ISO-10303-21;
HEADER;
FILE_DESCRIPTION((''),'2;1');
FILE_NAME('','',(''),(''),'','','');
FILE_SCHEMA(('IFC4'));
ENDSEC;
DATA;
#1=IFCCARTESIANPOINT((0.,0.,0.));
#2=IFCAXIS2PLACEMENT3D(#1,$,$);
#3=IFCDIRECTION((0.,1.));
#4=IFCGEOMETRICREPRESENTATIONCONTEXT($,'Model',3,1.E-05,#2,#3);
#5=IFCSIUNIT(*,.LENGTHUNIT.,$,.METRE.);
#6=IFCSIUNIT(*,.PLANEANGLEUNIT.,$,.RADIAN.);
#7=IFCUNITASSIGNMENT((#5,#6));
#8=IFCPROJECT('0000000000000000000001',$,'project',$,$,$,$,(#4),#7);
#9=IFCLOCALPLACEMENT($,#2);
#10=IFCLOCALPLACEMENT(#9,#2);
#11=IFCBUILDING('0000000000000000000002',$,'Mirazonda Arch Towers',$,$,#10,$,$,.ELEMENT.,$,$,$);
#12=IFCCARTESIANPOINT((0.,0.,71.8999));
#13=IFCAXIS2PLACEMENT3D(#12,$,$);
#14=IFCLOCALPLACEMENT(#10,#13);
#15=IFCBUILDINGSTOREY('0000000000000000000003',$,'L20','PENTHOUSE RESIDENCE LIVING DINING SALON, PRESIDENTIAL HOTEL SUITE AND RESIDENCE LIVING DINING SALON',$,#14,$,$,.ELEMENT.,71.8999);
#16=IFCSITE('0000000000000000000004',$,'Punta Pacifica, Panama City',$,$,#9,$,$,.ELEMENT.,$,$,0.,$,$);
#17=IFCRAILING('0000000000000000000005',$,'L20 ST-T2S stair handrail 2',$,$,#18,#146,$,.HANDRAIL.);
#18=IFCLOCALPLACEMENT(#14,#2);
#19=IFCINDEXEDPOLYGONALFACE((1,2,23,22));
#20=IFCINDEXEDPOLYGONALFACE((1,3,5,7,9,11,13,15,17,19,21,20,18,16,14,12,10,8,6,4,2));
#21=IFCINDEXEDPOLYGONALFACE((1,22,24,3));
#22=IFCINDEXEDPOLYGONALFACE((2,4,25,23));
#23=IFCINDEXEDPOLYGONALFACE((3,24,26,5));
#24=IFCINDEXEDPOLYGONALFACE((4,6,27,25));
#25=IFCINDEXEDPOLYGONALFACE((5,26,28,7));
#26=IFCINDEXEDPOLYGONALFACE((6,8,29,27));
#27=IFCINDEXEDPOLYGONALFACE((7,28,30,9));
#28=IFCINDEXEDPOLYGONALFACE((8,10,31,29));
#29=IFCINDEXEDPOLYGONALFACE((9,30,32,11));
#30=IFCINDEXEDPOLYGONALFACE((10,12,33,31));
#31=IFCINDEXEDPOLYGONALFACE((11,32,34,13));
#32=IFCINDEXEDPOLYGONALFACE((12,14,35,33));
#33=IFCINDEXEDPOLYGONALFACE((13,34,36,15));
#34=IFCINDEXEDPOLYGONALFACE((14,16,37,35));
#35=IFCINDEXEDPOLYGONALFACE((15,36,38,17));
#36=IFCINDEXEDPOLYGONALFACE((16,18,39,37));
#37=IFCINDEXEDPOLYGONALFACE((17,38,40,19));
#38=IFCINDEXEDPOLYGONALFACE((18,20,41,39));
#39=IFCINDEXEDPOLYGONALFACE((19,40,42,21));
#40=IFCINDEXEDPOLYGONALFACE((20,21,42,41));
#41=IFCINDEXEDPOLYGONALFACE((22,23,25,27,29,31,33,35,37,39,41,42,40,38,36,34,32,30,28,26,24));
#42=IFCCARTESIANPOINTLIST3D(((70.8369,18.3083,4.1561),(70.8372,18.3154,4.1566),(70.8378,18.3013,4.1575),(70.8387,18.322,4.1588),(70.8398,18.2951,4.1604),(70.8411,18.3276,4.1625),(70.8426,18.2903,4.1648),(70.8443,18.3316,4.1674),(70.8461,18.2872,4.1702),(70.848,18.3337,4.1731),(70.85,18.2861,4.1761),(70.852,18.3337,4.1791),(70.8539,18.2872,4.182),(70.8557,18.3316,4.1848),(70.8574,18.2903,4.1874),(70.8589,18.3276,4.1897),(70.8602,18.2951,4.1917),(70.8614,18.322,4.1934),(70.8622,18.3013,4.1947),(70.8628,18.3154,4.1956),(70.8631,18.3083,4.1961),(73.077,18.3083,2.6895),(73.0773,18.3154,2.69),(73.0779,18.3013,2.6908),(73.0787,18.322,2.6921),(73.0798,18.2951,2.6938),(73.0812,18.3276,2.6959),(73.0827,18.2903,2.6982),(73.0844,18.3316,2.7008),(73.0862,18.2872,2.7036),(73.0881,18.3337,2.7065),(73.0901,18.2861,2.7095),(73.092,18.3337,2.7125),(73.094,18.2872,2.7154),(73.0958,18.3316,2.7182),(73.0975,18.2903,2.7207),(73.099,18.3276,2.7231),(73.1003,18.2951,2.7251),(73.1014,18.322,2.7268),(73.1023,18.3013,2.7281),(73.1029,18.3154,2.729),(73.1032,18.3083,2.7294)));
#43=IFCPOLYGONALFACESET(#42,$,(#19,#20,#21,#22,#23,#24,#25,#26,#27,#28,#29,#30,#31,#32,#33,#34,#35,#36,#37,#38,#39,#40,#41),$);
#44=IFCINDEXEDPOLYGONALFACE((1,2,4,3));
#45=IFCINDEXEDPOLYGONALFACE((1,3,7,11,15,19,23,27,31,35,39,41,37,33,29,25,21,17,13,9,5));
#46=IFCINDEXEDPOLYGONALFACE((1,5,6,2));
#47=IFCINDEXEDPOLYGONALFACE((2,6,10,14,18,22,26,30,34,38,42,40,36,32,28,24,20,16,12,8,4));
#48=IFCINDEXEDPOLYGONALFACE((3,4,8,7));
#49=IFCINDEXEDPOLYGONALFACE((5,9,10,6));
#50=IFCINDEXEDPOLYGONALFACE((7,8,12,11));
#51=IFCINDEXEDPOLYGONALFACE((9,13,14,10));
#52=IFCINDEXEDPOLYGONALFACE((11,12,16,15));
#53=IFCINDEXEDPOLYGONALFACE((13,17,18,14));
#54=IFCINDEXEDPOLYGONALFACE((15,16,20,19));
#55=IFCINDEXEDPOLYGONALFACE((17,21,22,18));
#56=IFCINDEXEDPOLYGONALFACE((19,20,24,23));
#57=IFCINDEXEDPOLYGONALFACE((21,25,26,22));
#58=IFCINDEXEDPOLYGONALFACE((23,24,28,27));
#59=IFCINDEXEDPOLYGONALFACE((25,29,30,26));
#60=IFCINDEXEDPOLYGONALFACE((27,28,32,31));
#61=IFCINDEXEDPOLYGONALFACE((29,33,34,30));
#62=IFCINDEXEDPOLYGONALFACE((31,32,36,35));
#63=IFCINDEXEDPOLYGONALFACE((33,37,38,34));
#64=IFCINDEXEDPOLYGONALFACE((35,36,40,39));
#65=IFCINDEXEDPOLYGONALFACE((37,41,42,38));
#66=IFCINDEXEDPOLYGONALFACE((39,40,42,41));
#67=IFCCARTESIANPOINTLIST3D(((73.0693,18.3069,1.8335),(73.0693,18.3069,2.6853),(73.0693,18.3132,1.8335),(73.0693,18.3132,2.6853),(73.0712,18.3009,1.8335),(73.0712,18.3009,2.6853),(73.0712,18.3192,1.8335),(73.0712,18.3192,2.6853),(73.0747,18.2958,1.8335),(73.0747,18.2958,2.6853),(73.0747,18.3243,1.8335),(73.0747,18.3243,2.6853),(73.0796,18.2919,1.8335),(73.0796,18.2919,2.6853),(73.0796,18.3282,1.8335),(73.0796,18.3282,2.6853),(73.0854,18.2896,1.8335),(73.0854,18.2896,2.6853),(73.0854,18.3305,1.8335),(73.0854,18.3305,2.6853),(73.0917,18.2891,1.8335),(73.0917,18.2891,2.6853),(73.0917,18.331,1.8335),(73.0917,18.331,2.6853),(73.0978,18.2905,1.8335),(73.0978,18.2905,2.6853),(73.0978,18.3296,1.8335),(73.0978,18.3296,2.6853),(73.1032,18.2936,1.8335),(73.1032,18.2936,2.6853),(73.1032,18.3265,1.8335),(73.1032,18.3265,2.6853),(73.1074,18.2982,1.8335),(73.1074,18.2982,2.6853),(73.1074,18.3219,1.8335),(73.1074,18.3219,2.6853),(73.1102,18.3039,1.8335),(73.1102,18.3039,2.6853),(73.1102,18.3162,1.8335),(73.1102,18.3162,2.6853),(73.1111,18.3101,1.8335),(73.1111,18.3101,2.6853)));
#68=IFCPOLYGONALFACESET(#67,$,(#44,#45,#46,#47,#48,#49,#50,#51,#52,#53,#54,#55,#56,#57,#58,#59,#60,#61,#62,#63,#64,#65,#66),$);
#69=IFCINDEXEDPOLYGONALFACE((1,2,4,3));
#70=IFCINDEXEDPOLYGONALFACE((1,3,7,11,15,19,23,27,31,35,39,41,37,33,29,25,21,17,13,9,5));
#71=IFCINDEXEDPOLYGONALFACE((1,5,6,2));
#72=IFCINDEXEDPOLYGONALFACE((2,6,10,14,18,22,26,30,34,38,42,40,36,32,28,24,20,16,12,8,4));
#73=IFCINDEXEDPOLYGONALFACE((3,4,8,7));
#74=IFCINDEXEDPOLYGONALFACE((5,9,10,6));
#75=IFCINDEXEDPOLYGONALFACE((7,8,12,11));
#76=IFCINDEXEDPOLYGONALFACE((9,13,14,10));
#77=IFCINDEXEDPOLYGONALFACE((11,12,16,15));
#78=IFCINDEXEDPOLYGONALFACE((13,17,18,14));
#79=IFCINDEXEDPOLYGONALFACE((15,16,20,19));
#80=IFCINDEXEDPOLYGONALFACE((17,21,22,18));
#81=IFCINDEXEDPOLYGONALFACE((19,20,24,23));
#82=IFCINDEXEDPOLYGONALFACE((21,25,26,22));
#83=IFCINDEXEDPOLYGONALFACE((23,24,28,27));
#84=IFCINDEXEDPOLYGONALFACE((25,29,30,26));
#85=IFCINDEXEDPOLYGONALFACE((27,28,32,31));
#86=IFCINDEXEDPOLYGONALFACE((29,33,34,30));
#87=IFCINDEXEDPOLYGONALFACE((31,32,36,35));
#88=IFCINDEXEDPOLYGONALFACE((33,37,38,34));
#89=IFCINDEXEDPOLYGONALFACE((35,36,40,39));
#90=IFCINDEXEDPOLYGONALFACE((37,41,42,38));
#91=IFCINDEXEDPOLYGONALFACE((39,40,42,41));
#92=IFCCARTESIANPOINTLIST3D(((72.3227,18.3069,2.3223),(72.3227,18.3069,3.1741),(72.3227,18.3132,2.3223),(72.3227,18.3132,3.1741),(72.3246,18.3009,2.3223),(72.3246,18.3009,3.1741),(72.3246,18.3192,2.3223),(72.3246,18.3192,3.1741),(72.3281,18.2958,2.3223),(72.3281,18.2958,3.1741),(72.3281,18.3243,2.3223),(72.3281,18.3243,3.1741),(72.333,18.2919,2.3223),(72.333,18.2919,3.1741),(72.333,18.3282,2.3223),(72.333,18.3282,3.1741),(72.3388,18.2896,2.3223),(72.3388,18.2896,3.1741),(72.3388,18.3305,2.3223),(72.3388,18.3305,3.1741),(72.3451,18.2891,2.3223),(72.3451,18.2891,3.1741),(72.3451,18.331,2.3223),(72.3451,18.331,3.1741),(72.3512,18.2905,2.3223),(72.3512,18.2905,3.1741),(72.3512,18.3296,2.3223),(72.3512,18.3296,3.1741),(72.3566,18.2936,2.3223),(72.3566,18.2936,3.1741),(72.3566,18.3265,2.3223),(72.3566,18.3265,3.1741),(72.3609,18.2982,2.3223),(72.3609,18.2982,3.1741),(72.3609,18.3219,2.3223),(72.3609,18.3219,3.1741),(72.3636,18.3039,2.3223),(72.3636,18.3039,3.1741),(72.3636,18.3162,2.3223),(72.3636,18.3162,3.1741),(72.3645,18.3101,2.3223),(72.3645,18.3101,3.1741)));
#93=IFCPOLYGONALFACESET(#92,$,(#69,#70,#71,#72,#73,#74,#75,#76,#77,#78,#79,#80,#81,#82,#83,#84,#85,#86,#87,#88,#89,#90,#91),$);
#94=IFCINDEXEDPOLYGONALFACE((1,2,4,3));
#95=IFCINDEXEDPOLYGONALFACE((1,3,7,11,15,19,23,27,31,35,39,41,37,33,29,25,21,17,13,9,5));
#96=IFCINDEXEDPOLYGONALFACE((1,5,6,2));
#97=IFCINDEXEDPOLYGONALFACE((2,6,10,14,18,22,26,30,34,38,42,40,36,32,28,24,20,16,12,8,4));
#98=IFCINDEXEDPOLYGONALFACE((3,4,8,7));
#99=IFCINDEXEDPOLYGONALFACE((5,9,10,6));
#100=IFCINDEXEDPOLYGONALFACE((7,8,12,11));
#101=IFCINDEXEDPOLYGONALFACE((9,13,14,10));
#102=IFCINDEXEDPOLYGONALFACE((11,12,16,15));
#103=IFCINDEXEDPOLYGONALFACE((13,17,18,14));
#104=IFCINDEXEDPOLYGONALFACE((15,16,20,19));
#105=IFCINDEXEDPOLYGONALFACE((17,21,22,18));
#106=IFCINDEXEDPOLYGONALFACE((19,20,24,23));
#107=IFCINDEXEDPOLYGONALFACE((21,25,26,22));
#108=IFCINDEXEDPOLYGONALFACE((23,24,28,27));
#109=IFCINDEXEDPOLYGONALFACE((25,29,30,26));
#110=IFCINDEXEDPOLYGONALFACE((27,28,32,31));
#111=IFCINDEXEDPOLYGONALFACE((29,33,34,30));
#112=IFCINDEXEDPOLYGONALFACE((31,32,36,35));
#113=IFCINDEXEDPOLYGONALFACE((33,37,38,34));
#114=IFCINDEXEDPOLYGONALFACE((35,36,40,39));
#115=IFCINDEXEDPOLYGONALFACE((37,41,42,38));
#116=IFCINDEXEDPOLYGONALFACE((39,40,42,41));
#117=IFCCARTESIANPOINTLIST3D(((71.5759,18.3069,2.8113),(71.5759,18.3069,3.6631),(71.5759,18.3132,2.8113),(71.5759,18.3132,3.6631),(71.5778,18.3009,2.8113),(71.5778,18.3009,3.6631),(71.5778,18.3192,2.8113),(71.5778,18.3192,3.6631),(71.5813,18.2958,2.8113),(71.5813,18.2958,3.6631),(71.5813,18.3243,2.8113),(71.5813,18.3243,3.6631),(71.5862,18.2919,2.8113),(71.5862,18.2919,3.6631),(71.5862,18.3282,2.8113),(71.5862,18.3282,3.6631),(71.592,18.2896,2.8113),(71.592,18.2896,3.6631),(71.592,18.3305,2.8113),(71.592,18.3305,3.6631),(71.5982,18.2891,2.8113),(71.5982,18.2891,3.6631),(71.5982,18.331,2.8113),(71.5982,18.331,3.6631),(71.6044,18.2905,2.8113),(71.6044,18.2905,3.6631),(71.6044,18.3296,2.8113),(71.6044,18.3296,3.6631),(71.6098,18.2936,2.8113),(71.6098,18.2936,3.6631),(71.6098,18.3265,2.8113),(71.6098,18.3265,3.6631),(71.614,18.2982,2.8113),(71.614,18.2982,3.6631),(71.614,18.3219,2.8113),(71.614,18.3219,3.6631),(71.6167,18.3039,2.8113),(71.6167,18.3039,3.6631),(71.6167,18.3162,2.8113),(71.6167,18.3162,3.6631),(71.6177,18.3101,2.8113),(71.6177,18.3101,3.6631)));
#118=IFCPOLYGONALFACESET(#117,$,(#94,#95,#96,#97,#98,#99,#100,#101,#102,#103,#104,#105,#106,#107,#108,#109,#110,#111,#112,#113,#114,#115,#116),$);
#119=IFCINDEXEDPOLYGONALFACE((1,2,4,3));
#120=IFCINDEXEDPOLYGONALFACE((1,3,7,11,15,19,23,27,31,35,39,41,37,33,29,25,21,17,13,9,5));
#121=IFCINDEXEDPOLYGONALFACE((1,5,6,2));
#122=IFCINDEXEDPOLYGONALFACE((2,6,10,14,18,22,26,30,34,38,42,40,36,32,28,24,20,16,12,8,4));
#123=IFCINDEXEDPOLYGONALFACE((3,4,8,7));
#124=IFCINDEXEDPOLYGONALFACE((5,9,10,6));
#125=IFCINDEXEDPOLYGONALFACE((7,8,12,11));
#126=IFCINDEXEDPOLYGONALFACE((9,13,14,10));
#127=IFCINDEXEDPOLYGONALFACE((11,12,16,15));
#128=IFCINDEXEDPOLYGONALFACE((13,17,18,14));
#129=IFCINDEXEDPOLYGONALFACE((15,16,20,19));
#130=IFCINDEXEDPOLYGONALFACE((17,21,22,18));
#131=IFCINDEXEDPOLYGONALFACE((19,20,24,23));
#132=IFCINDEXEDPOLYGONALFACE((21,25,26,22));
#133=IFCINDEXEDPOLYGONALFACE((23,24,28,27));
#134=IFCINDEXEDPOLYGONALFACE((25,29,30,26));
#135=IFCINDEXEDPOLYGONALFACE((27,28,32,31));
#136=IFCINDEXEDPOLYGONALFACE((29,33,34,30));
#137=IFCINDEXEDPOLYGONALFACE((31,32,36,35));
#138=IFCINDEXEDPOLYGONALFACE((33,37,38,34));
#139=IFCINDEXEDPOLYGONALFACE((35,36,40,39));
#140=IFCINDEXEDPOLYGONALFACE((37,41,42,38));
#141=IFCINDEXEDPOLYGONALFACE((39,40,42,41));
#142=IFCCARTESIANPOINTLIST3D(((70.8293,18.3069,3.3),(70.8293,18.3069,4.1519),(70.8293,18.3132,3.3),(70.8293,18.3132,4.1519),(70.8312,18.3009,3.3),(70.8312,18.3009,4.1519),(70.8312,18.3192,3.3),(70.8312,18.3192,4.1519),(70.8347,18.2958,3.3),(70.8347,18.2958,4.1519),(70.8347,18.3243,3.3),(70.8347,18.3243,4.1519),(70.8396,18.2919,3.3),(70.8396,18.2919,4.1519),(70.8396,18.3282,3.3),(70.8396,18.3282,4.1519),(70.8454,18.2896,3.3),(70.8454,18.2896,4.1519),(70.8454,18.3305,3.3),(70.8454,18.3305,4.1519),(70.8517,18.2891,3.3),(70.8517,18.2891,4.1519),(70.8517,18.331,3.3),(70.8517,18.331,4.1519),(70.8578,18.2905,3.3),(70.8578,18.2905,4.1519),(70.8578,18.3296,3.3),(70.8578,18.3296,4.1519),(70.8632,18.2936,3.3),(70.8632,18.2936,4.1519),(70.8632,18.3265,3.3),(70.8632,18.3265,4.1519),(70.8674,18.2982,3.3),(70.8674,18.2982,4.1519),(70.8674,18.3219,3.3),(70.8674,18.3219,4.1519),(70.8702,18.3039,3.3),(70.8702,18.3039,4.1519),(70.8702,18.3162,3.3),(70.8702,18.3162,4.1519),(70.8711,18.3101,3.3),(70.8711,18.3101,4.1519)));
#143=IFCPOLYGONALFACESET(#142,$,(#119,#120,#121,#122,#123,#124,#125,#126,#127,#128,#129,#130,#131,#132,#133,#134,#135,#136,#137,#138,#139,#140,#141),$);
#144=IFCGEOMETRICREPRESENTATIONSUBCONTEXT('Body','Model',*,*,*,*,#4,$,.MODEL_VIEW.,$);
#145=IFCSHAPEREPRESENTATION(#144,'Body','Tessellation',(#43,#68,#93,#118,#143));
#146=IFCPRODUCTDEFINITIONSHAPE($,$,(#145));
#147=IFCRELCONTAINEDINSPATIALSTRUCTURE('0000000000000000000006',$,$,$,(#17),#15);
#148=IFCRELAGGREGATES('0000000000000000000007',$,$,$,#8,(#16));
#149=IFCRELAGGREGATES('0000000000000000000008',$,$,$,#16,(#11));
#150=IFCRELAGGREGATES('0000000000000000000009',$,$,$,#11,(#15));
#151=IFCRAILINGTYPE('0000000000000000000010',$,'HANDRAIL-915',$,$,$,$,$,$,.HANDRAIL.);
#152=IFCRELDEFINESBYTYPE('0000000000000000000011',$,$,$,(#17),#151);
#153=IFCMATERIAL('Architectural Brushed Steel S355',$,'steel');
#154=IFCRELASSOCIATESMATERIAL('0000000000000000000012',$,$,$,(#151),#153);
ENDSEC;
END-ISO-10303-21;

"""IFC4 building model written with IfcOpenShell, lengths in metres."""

from ifc_helpers import new_model, si_unit, direction, frame, origin, origin_2d, place, context, subcontext, project, spatial, circle, extrude, material, type_object, element, save


model = new_model("IFC4")

# Units and contexts
model_context = context("Model", 3, precision=1e-05, world=origin(), true_north=direction((0.0, 1.0)))
body_context = subcontext(model_context, "Body", "Model", "MODEL_VIEW")
ifc_project = project(units=[si_unit("LENGTHUNIT", "METRE"), si_unit("PLANEANGLEUNIT", "RADIAN")], contexts=[model_context])

# Site, building, storey
site_placement = place(None, origin())
site = spatial("IfcSite", under=ifc_project, at=site_placement, Name="Punta Pacifica, Panama City", CompositionType="ELEMENT", RefElevation=0.0)
building_placement = place(site_placement, origin())
building = spatial("IfcBuilding", under=site, at=building_placement, Name="Mirazonda Arch Towers", CompositionType="ELEMENT")
storey_placement = place(building_placement, frame((0.0, 0.0, 71.8999)))
storey = spatial("IfcBuildingStorey", under=building, at=storey_placement, Name="L20", Description="PENTHOUSE RESIDENCE LIVING DINING SALON, PRESIDENTIAL HOTEL SUITE AND RESIDENCE LIVING DINING SALON", CompositionType="ELEMENT", Elevation=71.8999)

# Railing
ifc_material_1 = material(Name="Architectural Brushed Steel S355", Category="steel")
railing_type_1 = type_object("IfcRailingType", Name="HANDRAIL-915", PredefinedType="HANDRAIL", material=ifc_material_1)
railing_1_placement = place(storey_placement, frame((73.0901, 18.3101, 1.8335)))
element("IfcRailing", 1, at=railing_1_placement, inside=storey, type_object=railing_type_1, Name="L20 ST-T2S stair handrail 2", PredefinedType="HANDRAIL", context=body_context, shape_type="SweptSolid", body=[
    extrude(circle(Radius=0.0239, at=origin_2d()), frame((0.0, 0.0, 0.876), z_axis=(-0.836637, 0.0, 0.547758), x_axis=(0.0, -1.0, 0.0)), (0.0, 0.0, 1.0), 2.6775),
    extrude(circle(Radius=0.021, at=origin_2d()), origin(), (0.0, 0.0, 1.0), 0.8518),
    extrude(circle(Radius=0.021, at=origin_2d()), frame((-0.7466, 0.0, 0.4888)), (0.0, 0.0, 1.0), 0.8518),
    extrude(circle(Radius=0.021, at=origin_2d()), frame((-1.4934, 0.0, 0.9778)), (0.0, 0.0, 1.0), 0.8518),
    extrude(circle(Radius=0.021, at=origin_2d()), frame((-2.24, 0.0, 1.4666)), (0.0, 0.0, 1.0), 0.8518),
])

save(model, "model.ifc")
